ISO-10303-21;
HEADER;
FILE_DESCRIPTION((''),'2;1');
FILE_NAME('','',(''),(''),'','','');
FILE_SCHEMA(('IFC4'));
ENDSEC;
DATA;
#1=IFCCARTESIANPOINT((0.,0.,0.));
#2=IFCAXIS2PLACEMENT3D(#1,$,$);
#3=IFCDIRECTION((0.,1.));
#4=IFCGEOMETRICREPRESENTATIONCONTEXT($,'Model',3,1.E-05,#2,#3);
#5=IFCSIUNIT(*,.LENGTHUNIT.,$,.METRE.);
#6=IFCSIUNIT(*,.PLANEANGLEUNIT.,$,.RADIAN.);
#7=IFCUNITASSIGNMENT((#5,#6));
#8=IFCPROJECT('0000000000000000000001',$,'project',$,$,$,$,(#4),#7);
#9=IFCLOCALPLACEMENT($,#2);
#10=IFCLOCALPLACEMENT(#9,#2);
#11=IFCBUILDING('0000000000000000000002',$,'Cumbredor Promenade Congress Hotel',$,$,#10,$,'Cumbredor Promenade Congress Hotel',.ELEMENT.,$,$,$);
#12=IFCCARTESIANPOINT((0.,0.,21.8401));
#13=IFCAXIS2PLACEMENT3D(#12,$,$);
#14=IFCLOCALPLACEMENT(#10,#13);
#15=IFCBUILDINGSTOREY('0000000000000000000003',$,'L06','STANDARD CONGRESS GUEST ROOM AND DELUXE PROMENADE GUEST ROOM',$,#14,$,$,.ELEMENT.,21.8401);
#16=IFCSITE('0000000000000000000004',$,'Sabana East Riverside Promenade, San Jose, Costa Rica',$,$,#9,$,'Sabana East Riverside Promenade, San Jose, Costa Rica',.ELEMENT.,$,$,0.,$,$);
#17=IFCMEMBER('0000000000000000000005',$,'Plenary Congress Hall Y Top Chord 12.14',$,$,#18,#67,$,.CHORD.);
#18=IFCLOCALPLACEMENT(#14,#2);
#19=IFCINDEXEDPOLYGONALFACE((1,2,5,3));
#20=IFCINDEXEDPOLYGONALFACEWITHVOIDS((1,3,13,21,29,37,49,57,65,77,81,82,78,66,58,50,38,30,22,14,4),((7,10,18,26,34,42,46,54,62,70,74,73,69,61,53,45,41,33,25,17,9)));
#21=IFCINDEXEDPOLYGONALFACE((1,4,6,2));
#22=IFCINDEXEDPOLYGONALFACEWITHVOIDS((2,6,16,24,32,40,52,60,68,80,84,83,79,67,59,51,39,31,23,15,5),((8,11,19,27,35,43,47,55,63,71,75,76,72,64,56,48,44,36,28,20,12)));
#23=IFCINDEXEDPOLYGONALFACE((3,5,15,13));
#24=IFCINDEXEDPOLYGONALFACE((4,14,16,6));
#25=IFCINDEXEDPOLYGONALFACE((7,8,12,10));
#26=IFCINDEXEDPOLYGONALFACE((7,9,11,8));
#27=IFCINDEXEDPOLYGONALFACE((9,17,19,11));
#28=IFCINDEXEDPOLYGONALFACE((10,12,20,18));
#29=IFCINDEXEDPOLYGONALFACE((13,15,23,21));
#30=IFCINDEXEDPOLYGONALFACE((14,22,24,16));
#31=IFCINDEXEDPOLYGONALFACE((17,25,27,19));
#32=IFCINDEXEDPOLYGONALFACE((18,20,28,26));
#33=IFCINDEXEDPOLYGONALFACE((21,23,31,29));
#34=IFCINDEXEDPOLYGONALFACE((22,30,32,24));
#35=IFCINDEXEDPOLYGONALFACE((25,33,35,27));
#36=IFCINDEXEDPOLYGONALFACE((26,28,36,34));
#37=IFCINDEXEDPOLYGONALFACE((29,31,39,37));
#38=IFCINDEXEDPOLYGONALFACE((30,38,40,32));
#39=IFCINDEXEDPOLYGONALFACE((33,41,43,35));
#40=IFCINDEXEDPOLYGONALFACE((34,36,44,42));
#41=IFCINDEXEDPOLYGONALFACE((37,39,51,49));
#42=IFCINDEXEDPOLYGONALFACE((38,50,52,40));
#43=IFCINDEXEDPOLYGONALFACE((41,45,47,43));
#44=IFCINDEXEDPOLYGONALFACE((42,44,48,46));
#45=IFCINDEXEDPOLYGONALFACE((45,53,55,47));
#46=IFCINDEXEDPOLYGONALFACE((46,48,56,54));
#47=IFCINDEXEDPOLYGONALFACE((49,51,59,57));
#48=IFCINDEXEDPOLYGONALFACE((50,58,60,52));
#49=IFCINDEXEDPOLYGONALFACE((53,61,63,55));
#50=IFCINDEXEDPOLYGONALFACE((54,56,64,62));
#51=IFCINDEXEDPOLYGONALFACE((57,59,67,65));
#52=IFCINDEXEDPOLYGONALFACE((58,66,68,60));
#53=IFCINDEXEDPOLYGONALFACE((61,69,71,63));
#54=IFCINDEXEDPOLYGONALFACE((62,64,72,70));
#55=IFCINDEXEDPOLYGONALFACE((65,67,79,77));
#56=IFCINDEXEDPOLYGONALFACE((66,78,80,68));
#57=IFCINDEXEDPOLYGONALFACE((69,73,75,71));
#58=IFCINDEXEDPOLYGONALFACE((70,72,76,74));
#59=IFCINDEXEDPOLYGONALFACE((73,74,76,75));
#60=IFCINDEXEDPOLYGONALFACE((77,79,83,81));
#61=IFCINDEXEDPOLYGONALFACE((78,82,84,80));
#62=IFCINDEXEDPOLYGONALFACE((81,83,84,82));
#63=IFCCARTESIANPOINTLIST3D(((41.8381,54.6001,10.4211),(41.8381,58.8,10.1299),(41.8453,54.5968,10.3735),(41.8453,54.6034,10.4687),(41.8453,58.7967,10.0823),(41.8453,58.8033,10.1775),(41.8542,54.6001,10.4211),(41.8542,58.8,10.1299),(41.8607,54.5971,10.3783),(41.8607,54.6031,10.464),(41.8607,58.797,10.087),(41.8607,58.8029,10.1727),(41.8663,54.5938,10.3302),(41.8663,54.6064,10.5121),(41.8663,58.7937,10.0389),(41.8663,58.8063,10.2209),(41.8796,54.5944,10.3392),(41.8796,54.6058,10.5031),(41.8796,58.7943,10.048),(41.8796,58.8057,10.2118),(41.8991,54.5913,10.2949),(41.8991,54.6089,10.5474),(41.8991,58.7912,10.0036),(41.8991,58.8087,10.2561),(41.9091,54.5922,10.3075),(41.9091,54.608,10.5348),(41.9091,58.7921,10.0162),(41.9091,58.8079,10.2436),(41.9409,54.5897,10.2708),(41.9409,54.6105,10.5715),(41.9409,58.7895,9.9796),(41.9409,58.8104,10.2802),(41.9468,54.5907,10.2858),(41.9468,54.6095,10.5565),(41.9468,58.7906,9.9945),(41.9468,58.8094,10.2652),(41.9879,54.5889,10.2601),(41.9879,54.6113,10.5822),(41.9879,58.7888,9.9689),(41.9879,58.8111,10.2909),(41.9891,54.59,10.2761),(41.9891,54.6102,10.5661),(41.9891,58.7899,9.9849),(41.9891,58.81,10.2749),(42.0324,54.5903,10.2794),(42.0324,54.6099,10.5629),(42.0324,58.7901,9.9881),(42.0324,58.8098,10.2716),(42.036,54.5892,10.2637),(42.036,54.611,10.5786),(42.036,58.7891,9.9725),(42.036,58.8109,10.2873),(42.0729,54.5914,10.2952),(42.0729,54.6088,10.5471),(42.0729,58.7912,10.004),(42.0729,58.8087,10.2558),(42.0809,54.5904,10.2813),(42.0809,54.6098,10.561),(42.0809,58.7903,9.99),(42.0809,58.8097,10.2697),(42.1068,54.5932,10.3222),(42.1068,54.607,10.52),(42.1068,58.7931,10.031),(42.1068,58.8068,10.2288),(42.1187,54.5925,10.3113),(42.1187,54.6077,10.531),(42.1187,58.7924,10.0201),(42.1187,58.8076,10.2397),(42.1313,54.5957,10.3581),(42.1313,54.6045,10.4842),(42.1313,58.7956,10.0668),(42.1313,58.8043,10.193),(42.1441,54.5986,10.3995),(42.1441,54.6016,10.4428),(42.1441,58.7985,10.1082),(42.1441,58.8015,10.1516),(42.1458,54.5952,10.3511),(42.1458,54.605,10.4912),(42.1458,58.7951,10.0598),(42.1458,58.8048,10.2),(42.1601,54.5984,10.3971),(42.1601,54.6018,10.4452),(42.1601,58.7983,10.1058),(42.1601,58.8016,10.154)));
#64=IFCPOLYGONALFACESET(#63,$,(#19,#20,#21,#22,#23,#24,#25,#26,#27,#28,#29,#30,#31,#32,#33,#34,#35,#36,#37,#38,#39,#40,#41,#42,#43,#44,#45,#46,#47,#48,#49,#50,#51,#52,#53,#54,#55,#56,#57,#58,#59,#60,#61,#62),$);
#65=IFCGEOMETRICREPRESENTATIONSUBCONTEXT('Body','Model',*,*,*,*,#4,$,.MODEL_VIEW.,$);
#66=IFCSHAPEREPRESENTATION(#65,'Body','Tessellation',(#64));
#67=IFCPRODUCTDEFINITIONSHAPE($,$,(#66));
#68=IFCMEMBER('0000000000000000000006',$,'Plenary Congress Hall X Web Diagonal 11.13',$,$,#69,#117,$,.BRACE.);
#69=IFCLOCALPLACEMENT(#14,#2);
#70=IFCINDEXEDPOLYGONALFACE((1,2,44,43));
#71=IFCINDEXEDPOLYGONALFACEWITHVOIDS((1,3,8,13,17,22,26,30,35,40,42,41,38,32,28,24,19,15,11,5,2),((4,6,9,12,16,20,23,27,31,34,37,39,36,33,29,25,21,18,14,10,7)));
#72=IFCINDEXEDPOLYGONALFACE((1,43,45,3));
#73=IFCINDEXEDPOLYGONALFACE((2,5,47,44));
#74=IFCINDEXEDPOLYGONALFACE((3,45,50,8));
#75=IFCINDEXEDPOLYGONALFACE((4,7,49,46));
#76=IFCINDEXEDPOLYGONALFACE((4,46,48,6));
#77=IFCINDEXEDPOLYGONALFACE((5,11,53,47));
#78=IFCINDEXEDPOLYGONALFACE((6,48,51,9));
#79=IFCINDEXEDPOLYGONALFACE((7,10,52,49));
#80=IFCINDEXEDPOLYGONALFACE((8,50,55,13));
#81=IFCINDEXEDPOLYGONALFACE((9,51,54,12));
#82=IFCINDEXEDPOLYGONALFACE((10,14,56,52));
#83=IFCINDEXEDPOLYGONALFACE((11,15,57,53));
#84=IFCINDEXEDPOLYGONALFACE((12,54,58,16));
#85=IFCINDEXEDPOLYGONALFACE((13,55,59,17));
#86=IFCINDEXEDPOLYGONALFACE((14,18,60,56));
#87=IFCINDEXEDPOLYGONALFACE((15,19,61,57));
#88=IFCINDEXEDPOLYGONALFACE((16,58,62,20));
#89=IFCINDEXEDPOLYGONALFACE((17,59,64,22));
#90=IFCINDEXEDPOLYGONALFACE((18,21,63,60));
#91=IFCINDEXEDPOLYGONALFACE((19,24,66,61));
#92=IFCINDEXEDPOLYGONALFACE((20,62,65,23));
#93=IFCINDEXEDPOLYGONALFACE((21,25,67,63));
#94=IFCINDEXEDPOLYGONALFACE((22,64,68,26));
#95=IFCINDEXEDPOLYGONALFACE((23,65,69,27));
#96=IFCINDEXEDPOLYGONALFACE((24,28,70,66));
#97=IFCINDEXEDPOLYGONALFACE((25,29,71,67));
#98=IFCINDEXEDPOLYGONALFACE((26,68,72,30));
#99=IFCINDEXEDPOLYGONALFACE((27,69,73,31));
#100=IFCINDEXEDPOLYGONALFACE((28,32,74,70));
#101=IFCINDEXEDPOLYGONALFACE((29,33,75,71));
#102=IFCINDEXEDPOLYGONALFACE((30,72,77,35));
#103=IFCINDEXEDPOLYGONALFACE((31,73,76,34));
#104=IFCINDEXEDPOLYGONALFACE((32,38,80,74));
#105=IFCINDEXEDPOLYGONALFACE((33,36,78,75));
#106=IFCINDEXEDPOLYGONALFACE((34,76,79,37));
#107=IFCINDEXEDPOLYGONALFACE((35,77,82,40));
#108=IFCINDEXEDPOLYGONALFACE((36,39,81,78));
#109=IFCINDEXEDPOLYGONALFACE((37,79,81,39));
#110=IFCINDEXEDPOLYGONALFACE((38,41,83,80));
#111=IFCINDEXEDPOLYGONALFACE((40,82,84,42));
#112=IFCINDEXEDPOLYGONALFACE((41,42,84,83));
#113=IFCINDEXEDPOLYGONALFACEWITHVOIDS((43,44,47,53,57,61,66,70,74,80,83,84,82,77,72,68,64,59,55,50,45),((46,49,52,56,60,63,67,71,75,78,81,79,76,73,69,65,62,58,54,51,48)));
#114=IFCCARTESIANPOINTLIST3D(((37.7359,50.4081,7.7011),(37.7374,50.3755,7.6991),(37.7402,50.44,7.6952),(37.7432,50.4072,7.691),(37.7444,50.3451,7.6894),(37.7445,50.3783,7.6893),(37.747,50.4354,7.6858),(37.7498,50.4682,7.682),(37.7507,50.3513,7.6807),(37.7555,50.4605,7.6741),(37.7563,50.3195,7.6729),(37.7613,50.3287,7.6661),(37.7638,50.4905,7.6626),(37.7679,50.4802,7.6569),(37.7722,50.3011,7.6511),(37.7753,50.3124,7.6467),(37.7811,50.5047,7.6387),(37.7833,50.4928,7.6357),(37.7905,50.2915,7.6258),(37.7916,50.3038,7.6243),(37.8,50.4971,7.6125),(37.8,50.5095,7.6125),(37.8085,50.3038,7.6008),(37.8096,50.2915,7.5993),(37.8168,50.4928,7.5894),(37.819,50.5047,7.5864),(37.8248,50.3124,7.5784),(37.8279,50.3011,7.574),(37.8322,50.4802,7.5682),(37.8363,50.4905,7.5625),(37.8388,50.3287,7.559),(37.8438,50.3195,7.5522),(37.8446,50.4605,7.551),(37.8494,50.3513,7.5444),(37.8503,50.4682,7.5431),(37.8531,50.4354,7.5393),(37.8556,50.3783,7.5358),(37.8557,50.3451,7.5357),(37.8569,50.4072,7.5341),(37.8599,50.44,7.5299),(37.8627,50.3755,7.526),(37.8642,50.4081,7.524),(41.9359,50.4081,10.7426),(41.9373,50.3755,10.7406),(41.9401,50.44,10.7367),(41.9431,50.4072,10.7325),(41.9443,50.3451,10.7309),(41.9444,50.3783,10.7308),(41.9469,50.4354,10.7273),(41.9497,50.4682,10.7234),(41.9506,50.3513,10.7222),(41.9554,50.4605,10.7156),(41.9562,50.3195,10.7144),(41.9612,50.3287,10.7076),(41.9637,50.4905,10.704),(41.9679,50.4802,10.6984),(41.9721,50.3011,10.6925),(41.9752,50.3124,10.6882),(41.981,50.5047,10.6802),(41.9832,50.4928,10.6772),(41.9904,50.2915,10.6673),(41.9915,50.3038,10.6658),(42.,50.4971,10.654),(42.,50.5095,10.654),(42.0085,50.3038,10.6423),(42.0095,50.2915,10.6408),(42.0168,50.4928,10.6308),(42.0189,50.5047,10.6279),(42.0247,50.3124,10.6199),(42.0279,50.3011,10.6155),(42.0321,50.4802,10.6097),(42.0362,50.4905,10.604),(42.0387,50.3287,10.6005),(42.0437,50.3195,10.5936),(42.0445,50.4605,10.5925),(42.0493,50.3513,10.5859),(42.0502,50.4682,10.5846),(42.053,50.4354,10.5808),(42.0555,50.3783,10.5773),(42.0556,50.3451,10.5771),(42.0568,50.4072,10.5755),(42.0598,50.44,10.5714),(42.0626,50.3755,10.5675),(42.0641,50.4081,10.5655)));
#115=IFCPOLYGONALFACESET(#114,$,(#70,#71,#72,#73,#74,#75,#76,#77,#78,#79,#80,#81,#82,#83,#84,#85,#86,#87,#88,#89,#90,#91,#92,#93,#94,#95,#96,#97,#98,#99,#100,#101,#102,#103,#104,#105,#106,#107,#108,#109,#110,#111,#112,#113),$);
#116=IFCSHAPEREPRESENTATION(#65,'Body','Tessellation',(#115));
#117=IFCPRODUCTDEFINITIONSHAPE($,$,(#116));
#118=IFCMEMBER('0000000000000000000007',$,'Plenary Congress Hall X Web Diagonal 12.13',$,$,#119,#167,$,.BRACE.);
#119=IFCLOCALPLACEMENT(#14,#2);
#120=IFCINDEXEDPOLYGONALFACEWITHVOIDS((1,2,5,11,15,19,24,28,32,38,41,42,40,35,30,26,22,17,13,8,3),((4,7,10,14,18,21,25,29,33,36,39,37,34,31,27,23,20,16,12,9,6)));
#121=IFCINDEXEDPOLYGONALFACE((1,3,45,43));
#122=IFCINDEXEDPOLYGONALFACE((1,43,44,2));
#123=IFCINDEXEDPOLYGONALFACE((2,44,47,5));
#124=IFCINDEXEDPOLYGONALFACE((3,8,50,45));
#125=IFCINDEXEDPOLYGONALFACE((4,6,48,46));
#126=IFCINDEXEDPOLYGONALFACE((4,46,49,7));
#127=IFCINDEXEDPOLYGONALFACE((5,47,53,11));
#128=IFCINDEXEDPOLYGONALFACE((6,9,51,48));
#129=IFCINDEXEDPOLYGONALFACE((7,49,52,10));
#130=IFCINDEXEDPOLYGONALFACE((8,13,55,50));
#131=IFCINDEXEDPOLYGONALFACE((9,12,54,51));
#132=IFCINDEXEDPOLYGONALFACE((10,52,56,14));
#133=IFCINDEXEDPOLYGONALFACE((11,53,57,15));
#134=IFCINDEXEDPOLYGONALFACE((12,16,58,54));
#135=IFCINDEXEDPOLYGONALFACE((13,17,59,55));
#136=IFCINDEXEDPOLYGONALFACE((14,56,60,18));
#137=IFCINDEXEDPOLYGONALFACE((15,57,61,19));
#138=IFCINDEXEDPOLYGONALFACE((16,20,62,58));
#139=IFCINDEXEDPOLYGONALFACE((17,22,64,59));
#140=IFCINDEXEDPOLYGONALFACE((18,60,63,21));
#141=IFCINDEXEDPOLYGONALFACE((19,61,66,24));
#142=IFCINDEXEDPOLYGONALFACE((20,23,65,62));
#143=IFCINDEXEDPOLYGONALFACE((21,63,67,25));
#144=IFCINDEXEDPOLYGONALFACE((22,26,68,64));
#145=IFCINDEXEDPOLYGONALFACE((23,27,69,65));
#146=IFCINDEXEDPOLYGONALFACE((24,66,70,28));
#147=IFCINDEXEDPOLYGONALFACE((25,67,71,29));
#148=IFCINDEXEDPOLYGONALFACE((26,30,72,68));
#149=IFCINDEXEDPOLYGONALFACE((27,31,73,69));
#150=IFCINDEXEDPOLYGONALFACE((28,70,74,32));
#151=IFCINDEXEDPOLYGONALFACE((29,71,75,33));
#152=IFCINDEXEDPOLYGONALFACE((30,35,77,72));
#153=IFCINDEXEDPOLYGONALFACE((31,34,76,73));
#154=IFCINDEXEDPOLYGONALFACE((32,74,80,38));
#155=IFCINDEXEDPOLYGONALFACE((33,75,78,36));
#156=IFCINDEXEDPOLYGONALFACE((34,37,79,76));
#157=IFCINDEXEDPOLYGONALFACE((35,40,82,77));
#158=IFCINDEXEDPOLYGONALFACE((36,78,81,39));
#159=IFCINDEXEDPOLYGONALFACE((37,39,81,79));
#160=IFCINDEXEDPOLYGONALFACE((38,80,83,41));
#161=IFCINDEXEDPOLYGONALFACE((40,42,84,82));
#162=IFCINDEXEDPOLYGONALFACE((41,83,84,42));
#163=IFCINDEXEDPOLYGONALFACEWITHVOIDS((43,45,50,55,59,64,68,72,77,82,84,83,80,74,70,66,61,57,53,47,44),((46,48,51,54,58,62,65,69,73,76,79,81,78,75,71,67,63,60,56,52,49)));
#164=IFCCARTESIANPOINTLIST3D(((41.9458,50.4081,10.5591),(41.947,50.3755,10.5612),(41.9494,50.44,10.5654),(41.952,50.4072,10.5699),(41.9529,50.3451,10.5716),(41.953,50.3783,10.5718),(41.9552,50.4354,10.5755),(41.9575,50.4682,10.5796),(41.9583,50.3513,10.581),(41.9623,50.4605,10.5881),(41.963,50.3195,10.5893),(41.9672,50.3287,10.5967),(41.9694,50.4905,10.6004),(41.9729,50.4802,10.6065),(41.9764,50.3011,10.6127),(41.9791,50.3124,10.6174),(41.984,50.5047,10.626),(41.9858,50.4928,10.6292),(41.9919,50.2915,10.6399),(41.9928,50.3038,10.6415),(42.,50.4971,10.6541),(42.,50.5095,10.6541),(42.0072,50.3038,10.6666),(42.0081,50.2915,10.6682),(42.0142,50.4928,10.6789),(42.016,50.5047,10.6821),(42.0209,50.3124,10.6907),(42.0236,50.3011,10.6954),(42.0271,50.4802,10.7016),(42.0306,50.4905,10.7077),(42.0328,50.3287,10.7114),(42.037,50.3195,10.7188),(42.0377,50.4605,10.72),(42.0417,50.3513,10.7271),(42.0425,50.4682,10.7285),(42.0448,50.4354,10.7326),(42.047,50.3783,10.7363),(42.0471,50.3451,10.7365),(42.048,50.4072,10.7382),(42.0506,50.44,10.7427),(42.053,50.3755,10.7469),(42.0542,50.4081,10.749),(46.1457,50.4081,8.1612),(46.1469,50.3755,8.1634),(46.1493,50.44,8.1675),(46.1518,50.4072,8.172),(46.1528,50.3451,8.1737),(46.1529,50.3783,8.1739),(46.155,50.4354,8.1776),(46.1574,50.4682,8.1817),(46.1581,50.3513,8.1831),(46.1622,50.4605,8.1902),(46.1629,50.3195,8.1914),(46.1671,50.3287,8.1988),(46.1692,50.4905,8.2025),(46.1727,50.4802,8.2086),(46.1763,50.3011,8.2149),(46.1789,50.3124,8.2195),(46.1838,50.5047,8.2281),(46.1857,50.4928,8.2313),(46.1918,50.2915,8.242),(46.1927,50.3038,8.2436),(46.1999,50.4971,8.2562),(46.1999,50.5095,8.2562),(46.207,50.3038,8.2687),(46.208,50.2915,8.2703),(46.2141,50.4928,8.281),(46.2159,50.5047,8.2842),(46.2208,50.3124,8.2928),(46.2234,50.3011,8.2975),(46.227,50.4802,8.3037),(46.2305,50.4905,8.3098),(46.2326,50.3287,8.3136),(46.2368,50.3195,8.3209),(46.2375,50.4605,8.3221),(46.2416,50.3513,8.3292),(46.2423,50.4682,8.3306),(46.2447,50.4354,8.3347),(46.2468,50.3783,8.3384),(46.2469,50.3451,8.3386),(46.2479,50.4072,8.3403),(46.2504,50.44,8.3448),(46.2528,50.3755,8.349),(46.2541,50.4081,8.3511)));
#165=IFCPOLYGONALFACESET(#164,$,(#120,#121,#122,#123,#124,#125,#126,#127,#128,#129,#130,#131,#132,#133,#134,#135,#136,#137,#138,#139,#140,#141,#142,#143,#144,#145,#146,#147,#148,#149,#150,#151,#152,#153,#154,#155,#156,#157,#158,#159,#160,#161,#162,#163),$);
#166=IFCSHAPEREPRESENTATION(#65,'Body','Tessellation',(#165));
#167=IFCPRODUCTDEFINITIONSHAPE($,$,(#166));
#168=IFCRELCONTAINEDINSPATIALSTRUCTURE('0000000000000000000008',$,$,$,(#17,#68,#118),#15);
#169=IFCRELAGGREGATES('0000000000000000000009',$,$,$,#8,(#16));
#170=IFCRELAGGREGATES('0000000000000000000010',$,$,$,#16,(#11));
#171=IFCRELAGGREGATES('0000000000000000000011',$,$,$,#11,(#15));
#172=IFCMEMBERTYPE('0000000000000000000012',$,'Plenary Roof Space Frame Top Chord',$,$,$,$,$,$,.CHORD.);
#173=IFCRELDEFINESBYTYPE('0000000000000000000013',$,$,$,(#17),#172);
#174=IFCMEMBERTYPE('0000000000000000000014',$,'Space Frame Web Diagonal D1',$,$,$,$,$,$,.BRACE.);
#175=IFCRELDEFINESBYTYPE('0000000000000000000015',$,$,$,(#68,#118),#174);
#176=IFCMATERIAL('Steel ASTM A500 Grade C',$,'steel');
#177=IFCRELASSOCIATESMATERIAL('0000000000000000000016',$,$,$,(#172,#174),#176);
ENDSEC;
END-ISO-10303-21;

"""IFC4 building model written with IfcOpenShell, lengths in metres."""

from ifc_helpers import new_model, si_unit, direction, frame, origin, origin_2d, place, context, subcontext, project, spatial, hollow_circle, extrude, material, material_profile, profile_set, type_object, element, save


model = new_model("IFC4")

# Units and contexts
model_context = context("Model", 3, precision=1e-05, world=origin(), true_north=direction((0.0, 1.0)))
body_context = subcontext(model_context, "Body", "Model", "MODEL_VIEW")
ifc_project = project(units=[si_unit("LENGTHUNIT", "METRE"), si_unit("PLANEANGLEUNIT", "RADIAN")], contexts=[model_context])

# Site, building, storey
site_placement = place(None, origin())
site = spatial("IfcSite", under=ifc_project, at=site_placement, Name="Sabana East Riverside Promenade, San Jose, Costa Rica", LongName="Sabana East Riverside Promenade, San Jose, Costa Rica", CompositionType="ELEMENT", RefElevation=0.0)
building_placement = place(site_placement, origin())
building = spatial("IfcBuilding", under=site, at=building_placement, Name="Cumbredor Promenade Congress Hotel", LongName="Cumbredor Promenade Congress Hotel", CompositionType="ELEMENT")
storey_placement = place(building_placement, frame((0.0, 0.0, 21.8401)))
storey = spatial("IfcBuildingStorey", under=building, at=storey_placement, Name="L06", Description="STANDARD CONGRESS GUEST ROOM AND DELUXE PROMENADE GUEST ROOM", CompositionType="ELEMENT", Elevation=21.8401)

# Members
ifc_material_1 = material(Name="Steel ASTM A500 Grade C", Category="steel")
ifc_material_profile_1 = material_profile(ifc_material_1, hollow_circle(Radius=0.1619, WallThickness=0.0161, at=origin_2d()), Name="CHS 323.9x16")
ifc_profile_set_1 = profile_set([ifc_material_profile_1], Name="Steel ASTM A500 Grade C")
member_type_1 = type_object("IfcMemberType", Name="Plenary Roof Space Frame Top Chord", PredefinedType="CHORD", material=ifc_profile_set_1)
member_1_placement = place(storey_placement, frame((42.0, 54.6001, 10.4211), z_axis=(0.0, 0.997604, -0.069182), x_axis=(-1.0, 0.0, 0.0)))
element("IfcMember", 1, at=member_1_placement, inside=storey, type_object=member_type_1, Name="Plenary Congress Hall Y Top Chord 12.14", PredefinedType="CHORD", context=body_context, shape_type="SweptSolid", body=[
    extrude(hollow_circle(Radius=0.1619, WallThickness=0.0161, at=origin_2d()), origin(), (0.0, 0.0, 1.0), 4.21),
])
ifc_material_profile_2 = material_profile(ifc_material_1, hollow_circle(Radius=0.1096, WallThickness=0.0125, at=origin_2d()), Name="CHS 219.1x12.5")
ifc_profile_set_2 = profile_set([ifc_material_profile_2], Name="Steel ASTM A500 Grade C")
member_type_2 = type_object("IfcMemberType", Name="Space Frame Web Diagonal D1", PredefinedType="BRACE", material=ifc_profile_set_2)
member_2_placement = place(storey_placement, frame((37.8, 50.3999, 7.6125), z_axis=(0.809927, 0.0, 0.58653), x_axis=(0.0, 1.0, 0.0)))
element("IfcMember", 2, at=member_2_placement, inside=storey, type_object=member_type_2, Name="Plenary Congress Hall X Web Diagonal 11.13", PredefinedType="BRACE", context=body_context, shape_type="SweptSolid", body=[
    extrude(hollow_circle(Radius=0.1096, WallThickness=0.0125, at=origin_2d()), origin(), (0.0, 0.0, 1.0), 5.1855),
])
member_3_placement = place(storey_placement, frame((42.0, 50.3999, 10.6541), z_axis=(0.868423, 0.0, -0.495824), x_axis=(0.0, 1.0, 0.0)))
element("IfcMember", 3, at=member_3_placement, inside=storey, type_object=member_type_2, Name="Plenary Congress Hall X Web Diagonal 12.13", PredefinedType="BRACE", context=body_context, shape_type="SweptSolid", body=[
    extrude(hollow_circle(Radius=0.1096, WallThickness=0.0125, at=origin_2d()), origin(), (0.0, 0.0, 1.0), 4.8362),
])

save(model, "model.ifc")
